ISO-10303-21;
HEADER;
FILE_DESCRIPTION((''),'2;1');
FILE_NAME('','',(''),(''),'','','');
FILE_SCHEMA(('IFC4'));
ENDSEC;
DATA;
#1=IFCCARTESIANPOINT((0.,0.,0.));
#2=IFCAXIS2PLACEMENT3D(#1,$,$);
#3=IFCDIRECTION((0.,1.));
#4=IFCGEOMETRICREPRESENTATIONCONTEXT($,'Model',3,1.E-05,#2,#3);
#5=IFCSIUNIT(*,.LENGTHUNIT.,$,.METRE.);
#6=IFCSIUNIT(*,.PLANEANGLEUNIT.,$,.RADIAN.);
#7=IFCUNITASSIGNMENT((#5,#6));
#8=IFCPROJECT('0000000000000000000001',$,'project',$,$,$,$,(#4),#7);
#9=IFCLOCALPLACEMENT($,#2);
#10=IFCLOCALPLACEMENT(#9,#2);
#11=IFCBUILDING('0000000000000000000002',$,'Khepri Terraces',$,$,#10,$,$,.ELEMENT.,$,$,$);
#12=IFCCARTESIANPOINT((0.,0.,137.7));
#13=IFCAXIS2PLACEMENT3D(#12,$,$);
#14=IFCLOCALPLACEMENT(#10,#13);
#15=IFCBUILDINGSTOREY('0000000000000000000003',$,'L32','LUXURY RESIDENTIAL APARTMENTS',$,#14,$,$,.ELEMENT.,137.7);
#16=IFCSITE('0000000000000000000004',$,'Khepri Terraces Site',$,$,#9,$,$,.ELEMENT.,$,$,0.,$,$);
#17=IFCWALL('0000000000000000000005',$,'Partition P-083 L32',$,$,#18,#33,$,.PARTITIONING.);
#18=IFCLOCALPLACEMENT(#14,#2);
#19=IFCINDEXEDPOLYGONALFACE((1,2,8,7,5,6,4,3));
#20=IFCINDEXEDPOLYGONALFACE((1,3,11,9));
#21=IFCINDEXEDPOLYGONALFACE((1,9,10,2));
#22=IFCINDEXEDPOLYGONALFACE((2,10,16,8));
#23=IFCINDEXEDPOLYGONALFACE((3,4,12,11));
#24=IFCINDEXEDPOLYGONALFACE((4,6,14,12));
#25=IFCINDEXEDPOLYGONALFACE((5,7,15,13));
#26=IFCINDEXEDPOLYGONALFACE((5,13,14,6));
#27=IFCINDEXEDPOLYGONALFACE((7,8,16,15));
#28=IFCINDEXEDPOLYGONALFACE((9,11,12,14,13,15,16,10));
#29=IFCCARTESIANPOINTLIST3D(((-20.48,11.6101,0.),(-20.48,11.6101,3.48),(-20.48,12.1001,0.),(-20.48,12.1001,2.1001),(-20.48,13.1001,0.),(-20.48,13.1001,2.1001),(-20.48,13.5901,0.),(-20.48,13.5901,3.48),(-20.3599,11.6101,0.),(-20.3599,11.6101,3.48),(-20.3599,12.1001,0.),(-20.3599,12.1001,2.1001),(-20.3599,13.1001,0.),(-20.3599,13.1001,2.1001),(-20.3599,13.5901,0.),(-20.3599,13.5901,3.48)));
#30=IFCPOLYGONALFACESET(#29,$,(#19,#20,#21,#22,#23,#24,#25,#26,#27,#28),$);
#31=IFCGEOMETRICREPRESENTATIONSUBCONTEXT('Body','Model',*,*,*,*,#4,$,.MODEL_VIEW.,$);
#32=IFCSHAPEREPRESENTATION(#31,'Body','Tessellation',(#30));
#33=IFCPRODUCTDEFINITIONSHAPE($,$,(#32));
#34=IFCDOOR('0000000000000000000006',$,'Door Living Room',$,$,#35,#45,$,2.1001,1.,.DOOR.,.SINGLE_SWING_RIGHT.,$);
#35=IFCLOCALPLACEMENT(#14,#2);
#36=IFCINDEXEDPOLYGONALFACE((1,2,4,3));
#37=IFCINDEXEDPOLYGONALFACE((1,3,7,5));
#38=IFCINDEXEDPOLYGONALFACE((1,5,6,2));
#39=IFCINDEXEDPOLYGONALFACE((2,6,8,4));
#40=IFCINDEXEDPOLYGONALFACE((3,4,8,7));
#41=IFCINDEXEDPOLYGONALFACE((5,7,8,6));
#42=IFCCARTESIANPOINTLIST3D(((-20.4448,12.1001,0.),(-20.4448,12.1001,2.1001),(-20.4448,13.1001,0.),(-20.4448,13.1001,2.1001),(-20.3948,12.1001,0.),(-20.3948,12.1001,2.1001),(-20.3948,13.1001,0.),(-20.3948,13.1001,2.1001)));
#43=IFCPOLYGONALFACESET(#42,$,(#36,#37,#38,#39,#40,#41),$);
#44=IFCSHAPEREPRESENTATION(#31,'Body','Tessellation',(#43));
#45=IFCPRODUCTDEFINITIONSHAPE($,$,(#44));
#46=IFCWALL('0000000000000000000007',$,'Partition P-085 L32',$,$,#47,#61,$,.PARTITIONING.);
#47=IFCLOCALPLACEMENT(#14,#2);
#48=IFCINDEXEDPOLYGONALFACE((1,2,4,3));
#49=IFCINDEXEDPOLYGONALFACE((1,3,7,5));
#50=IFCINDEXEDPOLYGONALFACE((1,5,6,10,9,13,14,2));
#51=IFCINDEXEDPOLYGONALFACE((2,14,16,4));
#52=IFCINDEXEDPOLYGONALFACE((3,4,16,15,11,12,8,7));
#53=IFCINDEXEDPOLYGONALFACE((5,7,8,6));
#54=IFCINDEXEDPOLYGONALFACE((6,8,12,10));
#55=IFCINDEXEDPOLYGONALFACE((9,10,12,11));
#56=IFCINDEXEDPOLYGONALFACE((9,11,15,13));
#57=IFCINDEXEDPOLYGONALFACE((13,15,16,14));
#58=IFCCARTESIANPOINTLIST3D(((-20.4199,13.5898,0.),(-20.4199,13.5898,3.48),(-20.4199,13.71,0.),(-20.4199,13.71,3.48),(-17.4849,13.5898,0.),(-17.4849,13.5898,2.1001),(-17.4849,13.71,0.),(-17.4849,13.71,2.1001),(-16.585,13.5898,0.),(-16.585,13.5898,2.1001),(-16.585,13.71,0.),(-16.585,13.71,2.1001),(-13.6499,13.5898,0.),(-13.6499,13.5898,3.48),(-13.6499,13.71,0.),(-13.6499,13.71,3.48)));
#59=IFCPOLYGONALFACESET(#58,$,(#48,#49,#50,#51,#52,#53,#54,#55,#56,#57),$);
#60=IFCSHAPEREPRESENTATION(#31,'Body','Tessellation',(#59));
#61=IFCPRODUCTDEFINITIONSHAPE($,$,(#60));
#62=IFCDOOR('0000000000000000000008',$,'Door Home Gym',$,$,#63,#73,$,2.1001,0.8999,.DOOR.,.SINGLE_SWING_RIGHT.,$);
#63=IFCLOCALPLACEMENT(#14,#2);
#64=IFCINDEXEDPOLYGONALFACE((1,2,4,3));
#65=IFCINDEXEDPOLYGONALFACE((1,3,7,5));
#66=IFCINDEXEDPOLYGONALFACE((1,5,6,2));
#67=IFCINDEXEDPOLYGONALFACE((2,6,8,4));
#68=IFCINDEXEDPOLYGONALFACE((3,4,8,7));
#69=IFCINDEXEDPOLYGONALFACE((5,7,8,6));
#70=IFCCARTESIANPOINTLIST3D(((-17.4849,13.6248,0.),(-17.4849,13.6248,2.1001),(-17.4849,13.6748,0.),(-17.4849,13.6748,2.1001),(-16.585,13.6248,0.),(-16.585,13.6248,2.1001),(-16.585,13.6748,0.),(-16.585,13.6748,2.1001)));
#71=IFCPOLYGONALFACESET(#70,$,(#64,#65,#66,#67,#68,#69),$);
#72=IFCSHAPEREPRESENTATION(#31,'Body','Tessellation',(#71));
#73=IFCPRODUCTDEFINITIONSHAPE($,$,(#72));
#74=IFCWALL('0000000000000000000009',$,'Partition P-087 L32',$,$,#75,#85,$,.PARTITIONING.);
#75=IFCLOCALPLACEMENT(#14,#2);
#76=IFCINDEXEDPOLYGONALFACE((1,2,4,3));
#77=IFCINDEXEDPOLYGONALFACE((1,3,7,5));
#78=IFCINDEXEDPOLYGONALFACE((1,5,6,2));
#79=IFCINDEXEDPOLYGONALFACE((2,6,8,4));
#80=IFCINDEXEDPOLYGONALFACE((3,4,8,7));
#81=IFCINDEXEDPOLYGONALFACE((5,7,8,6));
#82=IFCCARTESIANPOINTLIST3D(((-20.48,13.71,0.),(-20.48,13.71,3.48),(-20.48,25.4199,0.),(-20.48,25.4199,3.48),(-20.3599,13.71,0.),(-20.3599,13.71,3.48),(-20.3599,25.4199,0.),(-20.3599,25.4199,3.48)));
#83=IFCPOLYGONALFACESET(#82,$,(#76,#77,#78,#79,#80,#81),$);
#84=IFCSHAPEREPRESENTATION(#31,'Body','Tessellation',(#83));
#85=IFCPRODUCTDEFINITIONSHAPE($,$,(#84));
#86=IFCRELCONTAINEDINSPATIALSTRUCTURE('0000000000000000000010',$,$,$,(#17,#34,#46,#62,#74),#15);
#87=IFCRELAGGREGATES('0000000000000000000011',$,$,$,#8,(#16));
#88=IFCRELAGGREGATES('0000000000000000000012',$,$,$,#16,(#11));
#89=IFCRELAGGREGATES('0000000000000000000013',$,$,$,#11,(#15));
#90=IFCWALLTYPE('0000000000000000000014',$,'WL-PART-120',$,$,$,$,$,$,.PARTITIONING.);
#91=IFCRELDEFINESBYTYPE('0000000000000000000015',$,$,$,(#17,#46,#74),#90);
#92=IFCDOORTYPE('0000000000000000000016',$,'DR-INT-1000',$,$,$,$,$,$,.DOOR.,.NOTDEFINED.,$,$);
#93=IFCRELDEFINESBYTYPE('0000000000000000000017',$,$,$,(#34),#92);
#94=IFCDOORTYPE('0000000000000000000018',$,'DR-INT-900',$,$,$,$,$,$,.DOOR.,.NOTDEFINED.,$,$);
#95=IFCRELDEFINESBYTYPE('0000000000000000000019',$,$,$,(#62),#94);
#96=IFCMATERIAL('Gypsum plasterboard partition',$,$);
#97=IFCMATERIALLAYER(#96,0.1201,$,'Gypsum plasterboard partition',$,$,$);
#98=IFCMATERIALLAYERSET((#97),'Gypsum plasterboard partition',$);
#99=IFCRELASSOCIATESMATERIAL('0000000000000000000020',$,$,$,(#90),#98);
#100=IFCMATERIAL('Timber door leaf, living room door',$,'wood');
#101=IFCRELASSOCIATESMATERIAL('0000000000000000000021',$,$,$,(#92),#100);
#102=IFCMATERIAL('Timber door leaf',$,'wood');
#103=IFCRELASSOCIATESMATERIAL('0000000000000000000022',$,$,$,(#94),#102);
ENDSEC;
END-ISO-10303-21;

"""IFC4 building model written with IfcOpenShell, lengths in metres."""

from ifc_helpers import new_model, si_unit, direction, frame, frame_2d, origin, place, context, subcontext, project, spatial, rectangle, extrude, material, layer, layer_set, type_object, element, fill, save


model = new_model("IFC4")

# Units and contexts
model_context = context("Model", 3, precision=1e-05, world=origin(), true_north=direction((0.0, 1.0)))
body_context = subcontext(model_context, "Body", "Model", "MODEL_VIEW")
ifc_project = project(units=[si_unit("LENGTHUNIT", "METRE"), si_unit("PLANEANGLEUNIT", "RADIAN")], contexts=[model_context])

# Site, building, storey
site_placement = place(None, origin())
site = spatial("IfcSite", under=ifc_project, at=site_placement, Name="Khepri Terraces Site", CompositionType="ELEMENT", RefElevation=0.0)
building_placement = place(site_placement, origin())
building = spatial("IfcBuilding", under=site, at=building_placement, Name="Khepri Terraces", CompositionType="ELEMENT")
storey_placement = place(building_placement, frame((0.0, 0.0, 137.7)))
storey = spatial("IfcBuildingStorey", under=building, at=storey_placement, Name="L32", Description="LUXURY RESIDENTIAL APARTMENTS", CompositionType="ELEMENT", Elevation=137.7)

# Shared definitions
ifc_material_1 = material(Name="Gypsum plasterboard partition")
ifc_layer_1 = layer(ifc_material_1, 0.1201, Name="Gypsum plasterboard partition")
ifc_layer_set_1 = layer_set([ifc_layer_1], Name="Gypsum plasterboard partition")
wall_type_1 = type_object("IfcWallType", Name="WL-PART-120", PredefinedType="PARTITIONING", material=ifc_layer_set_1)

# Walls, openings, doors
wall_1_placement = place(storey_placement, frame((-20.4199, 11.6101, 0.0), z_axis=(0.0, 0.0, 1.0), x_axis=(0.0, 1.0, 0.0)))
wall_1 = element("IfcWall", 1, at=wall_1_placement, inside=storey, type_object=wall_type_1, Name="Partition P-083 L32", PredefinedType="PARTITIONING", context=body_context, shape_type="SweptSolid", body=[
    extrude(rectangle(XDim=1.98, YDim=0.1201, at=frame_2d((0.99, 0.0))), origin(), (0.0, 0.0, 1.0), 3.48),
])
opening_1_placement = place(wall_1_placement, frame((0.49, 0.0, 0.0)))
opening_1 = element("IfcOpeningElement", 2, at=opening_1_placement, cuts=wall_1, PredefinedType="OPENING", context=body_context, shape_type="SweptSolid", body=[
    extrude(rectangle(XDim=1.0, YDim=2.1001, at=frame_2d((0.5, 1.05))), frame((0.0, 0.0701, 0.0), z_axis=(0.0, -1.0, 0.0), x_axis=(1.0, 0.0, 0.0)), (0.0, 0.0, 1.0), 0.1401),
])
ifc_material_2 = material(Name="Timber door leaf, living room door", Category="wood")
door_type_1 = type_object("IfcDoorType", Name="DR-INT-1000", OperationType="NOTDEFINED", PredefinedType="DOOR", material=ifc_material_2)
door_1_placement = place(opening_1_placement, origin())
door_1 = element("IfcDoor", 3, at=door_1_placement, inside=storey, type_object=door_type_1, Name="Door Living Room", OperationType="SINGLE_SWING_RIGHT", OverallHeight=2.1001, OverallWidth=1.0, PredefinedType="DOOR", context=body_context, shape_type="SweptSolid", body=[
    extrude(rectangle(XDim=1.0, YDim=2.1001, at=frame_2d((0.5, 1.05))), frame((0.0, 0.0249, 0.0), z_axis=(0.0, -1.0, 0.0), x_axis=(1.0, 0.0, 0.0)), (0.0, 0.0, 1.0), 0.05),
])
fill(opening_1, door_1)
wall_2_placement = place(storey_placement, frame((-20.4199, 13.6499, 0.0), z_axis=(0.0, 0.0, 1.0), x_axis=(1.0, 0.0, 0.0)))
wall_2 = element("IfcWall", 4, at=wall_2_placement, inside=storey, type_object=wall_type_1, Name="Partition P-085 L32", PredefinedType="PARTITIONING", context=body_context, shape_type="SweptSolid", body=[
    extrude(rectangle(XDim=6.77, YDim=0.1201, at=frame_2d((3.385, 0.0))), origin(), (0.0, 0.0, 1.0), 3.48),
])
opening_2_placement = place(wall_2_placement, frame((2.9351, 0.0, 0.0)))
opening_2 = element("IfcOpeningElement", 5, at=opening_2_placement, cuts=wall_2, PredefinedType="OPENING", context=body_context, shape_type="SweptSolid", body=[
    extrude(rectangle(XDim=0.8999, YDim=2.1001, at=frame_2d((0.45, 1.05))), frame((0.0, 0.0701, 0.0), z_axis=(0.0, -1.0, 0.0), x_axis=(1.0, 0.0, 0.0)), (0.0, 0.0, 1.0), 0.1401),
])
ifc_material_3 = material(Name="Timber door leaf", Category="wood")
door_type_2 = type_object("IfcDoorType", Name="DR-INT-900", OperationType="NOTDEFINED", PredefinedType="DOOR", material=ifc_material_3)
door_2_placement = place(opening_2_placement, origin())
door_2 = element("IfcDoor", 6, at=door_2_placement, inside=storey, type_object=door_type_2, Name="Door Home Gym", OperationType="SINGLE_SWING_RIGHT", OverallHeight=2.1001, OverallWidth=0.8999, PredefinedType="DOOR", context=body_context, shape_type="SweptSolid", body=[
    extrude(rectangle(XDim=0.8999, YDim=2.1001, at=frame_2d((0.45, 1.05))), frame((0.0, 0.0249, 0.0), z_axis=(0.0, -1.0, 0.0), x_axis=(1.0, 0.0, 0.0)), (0.0, 0.0, 1.0), 0.05),
])
fill(opening_2, door_2)

# Wall
wall_3_placement = place(storey_placement, frame((-20.4199, 13.71, 0.0), z_axis=(0.0, 0.0, 1.0), x_axis=(0.0, 1.0, 0.0)))
element("IfcWall", 7, at=wall_3_placement, inside=storey, type_object=wall_type_1, Name="Partition P-087 L32", PredefinedType="PARTITIONING", context=body_context, shape_type="SweptSolid", body=[
    extrude(rectangle(XDim=11.71, YDim=0.1201, at=frame_2d((5.855, 0.0))), origin(), (0.0, 0.0, 1.0), 3.48),
])

save(model, "model.ifc")
